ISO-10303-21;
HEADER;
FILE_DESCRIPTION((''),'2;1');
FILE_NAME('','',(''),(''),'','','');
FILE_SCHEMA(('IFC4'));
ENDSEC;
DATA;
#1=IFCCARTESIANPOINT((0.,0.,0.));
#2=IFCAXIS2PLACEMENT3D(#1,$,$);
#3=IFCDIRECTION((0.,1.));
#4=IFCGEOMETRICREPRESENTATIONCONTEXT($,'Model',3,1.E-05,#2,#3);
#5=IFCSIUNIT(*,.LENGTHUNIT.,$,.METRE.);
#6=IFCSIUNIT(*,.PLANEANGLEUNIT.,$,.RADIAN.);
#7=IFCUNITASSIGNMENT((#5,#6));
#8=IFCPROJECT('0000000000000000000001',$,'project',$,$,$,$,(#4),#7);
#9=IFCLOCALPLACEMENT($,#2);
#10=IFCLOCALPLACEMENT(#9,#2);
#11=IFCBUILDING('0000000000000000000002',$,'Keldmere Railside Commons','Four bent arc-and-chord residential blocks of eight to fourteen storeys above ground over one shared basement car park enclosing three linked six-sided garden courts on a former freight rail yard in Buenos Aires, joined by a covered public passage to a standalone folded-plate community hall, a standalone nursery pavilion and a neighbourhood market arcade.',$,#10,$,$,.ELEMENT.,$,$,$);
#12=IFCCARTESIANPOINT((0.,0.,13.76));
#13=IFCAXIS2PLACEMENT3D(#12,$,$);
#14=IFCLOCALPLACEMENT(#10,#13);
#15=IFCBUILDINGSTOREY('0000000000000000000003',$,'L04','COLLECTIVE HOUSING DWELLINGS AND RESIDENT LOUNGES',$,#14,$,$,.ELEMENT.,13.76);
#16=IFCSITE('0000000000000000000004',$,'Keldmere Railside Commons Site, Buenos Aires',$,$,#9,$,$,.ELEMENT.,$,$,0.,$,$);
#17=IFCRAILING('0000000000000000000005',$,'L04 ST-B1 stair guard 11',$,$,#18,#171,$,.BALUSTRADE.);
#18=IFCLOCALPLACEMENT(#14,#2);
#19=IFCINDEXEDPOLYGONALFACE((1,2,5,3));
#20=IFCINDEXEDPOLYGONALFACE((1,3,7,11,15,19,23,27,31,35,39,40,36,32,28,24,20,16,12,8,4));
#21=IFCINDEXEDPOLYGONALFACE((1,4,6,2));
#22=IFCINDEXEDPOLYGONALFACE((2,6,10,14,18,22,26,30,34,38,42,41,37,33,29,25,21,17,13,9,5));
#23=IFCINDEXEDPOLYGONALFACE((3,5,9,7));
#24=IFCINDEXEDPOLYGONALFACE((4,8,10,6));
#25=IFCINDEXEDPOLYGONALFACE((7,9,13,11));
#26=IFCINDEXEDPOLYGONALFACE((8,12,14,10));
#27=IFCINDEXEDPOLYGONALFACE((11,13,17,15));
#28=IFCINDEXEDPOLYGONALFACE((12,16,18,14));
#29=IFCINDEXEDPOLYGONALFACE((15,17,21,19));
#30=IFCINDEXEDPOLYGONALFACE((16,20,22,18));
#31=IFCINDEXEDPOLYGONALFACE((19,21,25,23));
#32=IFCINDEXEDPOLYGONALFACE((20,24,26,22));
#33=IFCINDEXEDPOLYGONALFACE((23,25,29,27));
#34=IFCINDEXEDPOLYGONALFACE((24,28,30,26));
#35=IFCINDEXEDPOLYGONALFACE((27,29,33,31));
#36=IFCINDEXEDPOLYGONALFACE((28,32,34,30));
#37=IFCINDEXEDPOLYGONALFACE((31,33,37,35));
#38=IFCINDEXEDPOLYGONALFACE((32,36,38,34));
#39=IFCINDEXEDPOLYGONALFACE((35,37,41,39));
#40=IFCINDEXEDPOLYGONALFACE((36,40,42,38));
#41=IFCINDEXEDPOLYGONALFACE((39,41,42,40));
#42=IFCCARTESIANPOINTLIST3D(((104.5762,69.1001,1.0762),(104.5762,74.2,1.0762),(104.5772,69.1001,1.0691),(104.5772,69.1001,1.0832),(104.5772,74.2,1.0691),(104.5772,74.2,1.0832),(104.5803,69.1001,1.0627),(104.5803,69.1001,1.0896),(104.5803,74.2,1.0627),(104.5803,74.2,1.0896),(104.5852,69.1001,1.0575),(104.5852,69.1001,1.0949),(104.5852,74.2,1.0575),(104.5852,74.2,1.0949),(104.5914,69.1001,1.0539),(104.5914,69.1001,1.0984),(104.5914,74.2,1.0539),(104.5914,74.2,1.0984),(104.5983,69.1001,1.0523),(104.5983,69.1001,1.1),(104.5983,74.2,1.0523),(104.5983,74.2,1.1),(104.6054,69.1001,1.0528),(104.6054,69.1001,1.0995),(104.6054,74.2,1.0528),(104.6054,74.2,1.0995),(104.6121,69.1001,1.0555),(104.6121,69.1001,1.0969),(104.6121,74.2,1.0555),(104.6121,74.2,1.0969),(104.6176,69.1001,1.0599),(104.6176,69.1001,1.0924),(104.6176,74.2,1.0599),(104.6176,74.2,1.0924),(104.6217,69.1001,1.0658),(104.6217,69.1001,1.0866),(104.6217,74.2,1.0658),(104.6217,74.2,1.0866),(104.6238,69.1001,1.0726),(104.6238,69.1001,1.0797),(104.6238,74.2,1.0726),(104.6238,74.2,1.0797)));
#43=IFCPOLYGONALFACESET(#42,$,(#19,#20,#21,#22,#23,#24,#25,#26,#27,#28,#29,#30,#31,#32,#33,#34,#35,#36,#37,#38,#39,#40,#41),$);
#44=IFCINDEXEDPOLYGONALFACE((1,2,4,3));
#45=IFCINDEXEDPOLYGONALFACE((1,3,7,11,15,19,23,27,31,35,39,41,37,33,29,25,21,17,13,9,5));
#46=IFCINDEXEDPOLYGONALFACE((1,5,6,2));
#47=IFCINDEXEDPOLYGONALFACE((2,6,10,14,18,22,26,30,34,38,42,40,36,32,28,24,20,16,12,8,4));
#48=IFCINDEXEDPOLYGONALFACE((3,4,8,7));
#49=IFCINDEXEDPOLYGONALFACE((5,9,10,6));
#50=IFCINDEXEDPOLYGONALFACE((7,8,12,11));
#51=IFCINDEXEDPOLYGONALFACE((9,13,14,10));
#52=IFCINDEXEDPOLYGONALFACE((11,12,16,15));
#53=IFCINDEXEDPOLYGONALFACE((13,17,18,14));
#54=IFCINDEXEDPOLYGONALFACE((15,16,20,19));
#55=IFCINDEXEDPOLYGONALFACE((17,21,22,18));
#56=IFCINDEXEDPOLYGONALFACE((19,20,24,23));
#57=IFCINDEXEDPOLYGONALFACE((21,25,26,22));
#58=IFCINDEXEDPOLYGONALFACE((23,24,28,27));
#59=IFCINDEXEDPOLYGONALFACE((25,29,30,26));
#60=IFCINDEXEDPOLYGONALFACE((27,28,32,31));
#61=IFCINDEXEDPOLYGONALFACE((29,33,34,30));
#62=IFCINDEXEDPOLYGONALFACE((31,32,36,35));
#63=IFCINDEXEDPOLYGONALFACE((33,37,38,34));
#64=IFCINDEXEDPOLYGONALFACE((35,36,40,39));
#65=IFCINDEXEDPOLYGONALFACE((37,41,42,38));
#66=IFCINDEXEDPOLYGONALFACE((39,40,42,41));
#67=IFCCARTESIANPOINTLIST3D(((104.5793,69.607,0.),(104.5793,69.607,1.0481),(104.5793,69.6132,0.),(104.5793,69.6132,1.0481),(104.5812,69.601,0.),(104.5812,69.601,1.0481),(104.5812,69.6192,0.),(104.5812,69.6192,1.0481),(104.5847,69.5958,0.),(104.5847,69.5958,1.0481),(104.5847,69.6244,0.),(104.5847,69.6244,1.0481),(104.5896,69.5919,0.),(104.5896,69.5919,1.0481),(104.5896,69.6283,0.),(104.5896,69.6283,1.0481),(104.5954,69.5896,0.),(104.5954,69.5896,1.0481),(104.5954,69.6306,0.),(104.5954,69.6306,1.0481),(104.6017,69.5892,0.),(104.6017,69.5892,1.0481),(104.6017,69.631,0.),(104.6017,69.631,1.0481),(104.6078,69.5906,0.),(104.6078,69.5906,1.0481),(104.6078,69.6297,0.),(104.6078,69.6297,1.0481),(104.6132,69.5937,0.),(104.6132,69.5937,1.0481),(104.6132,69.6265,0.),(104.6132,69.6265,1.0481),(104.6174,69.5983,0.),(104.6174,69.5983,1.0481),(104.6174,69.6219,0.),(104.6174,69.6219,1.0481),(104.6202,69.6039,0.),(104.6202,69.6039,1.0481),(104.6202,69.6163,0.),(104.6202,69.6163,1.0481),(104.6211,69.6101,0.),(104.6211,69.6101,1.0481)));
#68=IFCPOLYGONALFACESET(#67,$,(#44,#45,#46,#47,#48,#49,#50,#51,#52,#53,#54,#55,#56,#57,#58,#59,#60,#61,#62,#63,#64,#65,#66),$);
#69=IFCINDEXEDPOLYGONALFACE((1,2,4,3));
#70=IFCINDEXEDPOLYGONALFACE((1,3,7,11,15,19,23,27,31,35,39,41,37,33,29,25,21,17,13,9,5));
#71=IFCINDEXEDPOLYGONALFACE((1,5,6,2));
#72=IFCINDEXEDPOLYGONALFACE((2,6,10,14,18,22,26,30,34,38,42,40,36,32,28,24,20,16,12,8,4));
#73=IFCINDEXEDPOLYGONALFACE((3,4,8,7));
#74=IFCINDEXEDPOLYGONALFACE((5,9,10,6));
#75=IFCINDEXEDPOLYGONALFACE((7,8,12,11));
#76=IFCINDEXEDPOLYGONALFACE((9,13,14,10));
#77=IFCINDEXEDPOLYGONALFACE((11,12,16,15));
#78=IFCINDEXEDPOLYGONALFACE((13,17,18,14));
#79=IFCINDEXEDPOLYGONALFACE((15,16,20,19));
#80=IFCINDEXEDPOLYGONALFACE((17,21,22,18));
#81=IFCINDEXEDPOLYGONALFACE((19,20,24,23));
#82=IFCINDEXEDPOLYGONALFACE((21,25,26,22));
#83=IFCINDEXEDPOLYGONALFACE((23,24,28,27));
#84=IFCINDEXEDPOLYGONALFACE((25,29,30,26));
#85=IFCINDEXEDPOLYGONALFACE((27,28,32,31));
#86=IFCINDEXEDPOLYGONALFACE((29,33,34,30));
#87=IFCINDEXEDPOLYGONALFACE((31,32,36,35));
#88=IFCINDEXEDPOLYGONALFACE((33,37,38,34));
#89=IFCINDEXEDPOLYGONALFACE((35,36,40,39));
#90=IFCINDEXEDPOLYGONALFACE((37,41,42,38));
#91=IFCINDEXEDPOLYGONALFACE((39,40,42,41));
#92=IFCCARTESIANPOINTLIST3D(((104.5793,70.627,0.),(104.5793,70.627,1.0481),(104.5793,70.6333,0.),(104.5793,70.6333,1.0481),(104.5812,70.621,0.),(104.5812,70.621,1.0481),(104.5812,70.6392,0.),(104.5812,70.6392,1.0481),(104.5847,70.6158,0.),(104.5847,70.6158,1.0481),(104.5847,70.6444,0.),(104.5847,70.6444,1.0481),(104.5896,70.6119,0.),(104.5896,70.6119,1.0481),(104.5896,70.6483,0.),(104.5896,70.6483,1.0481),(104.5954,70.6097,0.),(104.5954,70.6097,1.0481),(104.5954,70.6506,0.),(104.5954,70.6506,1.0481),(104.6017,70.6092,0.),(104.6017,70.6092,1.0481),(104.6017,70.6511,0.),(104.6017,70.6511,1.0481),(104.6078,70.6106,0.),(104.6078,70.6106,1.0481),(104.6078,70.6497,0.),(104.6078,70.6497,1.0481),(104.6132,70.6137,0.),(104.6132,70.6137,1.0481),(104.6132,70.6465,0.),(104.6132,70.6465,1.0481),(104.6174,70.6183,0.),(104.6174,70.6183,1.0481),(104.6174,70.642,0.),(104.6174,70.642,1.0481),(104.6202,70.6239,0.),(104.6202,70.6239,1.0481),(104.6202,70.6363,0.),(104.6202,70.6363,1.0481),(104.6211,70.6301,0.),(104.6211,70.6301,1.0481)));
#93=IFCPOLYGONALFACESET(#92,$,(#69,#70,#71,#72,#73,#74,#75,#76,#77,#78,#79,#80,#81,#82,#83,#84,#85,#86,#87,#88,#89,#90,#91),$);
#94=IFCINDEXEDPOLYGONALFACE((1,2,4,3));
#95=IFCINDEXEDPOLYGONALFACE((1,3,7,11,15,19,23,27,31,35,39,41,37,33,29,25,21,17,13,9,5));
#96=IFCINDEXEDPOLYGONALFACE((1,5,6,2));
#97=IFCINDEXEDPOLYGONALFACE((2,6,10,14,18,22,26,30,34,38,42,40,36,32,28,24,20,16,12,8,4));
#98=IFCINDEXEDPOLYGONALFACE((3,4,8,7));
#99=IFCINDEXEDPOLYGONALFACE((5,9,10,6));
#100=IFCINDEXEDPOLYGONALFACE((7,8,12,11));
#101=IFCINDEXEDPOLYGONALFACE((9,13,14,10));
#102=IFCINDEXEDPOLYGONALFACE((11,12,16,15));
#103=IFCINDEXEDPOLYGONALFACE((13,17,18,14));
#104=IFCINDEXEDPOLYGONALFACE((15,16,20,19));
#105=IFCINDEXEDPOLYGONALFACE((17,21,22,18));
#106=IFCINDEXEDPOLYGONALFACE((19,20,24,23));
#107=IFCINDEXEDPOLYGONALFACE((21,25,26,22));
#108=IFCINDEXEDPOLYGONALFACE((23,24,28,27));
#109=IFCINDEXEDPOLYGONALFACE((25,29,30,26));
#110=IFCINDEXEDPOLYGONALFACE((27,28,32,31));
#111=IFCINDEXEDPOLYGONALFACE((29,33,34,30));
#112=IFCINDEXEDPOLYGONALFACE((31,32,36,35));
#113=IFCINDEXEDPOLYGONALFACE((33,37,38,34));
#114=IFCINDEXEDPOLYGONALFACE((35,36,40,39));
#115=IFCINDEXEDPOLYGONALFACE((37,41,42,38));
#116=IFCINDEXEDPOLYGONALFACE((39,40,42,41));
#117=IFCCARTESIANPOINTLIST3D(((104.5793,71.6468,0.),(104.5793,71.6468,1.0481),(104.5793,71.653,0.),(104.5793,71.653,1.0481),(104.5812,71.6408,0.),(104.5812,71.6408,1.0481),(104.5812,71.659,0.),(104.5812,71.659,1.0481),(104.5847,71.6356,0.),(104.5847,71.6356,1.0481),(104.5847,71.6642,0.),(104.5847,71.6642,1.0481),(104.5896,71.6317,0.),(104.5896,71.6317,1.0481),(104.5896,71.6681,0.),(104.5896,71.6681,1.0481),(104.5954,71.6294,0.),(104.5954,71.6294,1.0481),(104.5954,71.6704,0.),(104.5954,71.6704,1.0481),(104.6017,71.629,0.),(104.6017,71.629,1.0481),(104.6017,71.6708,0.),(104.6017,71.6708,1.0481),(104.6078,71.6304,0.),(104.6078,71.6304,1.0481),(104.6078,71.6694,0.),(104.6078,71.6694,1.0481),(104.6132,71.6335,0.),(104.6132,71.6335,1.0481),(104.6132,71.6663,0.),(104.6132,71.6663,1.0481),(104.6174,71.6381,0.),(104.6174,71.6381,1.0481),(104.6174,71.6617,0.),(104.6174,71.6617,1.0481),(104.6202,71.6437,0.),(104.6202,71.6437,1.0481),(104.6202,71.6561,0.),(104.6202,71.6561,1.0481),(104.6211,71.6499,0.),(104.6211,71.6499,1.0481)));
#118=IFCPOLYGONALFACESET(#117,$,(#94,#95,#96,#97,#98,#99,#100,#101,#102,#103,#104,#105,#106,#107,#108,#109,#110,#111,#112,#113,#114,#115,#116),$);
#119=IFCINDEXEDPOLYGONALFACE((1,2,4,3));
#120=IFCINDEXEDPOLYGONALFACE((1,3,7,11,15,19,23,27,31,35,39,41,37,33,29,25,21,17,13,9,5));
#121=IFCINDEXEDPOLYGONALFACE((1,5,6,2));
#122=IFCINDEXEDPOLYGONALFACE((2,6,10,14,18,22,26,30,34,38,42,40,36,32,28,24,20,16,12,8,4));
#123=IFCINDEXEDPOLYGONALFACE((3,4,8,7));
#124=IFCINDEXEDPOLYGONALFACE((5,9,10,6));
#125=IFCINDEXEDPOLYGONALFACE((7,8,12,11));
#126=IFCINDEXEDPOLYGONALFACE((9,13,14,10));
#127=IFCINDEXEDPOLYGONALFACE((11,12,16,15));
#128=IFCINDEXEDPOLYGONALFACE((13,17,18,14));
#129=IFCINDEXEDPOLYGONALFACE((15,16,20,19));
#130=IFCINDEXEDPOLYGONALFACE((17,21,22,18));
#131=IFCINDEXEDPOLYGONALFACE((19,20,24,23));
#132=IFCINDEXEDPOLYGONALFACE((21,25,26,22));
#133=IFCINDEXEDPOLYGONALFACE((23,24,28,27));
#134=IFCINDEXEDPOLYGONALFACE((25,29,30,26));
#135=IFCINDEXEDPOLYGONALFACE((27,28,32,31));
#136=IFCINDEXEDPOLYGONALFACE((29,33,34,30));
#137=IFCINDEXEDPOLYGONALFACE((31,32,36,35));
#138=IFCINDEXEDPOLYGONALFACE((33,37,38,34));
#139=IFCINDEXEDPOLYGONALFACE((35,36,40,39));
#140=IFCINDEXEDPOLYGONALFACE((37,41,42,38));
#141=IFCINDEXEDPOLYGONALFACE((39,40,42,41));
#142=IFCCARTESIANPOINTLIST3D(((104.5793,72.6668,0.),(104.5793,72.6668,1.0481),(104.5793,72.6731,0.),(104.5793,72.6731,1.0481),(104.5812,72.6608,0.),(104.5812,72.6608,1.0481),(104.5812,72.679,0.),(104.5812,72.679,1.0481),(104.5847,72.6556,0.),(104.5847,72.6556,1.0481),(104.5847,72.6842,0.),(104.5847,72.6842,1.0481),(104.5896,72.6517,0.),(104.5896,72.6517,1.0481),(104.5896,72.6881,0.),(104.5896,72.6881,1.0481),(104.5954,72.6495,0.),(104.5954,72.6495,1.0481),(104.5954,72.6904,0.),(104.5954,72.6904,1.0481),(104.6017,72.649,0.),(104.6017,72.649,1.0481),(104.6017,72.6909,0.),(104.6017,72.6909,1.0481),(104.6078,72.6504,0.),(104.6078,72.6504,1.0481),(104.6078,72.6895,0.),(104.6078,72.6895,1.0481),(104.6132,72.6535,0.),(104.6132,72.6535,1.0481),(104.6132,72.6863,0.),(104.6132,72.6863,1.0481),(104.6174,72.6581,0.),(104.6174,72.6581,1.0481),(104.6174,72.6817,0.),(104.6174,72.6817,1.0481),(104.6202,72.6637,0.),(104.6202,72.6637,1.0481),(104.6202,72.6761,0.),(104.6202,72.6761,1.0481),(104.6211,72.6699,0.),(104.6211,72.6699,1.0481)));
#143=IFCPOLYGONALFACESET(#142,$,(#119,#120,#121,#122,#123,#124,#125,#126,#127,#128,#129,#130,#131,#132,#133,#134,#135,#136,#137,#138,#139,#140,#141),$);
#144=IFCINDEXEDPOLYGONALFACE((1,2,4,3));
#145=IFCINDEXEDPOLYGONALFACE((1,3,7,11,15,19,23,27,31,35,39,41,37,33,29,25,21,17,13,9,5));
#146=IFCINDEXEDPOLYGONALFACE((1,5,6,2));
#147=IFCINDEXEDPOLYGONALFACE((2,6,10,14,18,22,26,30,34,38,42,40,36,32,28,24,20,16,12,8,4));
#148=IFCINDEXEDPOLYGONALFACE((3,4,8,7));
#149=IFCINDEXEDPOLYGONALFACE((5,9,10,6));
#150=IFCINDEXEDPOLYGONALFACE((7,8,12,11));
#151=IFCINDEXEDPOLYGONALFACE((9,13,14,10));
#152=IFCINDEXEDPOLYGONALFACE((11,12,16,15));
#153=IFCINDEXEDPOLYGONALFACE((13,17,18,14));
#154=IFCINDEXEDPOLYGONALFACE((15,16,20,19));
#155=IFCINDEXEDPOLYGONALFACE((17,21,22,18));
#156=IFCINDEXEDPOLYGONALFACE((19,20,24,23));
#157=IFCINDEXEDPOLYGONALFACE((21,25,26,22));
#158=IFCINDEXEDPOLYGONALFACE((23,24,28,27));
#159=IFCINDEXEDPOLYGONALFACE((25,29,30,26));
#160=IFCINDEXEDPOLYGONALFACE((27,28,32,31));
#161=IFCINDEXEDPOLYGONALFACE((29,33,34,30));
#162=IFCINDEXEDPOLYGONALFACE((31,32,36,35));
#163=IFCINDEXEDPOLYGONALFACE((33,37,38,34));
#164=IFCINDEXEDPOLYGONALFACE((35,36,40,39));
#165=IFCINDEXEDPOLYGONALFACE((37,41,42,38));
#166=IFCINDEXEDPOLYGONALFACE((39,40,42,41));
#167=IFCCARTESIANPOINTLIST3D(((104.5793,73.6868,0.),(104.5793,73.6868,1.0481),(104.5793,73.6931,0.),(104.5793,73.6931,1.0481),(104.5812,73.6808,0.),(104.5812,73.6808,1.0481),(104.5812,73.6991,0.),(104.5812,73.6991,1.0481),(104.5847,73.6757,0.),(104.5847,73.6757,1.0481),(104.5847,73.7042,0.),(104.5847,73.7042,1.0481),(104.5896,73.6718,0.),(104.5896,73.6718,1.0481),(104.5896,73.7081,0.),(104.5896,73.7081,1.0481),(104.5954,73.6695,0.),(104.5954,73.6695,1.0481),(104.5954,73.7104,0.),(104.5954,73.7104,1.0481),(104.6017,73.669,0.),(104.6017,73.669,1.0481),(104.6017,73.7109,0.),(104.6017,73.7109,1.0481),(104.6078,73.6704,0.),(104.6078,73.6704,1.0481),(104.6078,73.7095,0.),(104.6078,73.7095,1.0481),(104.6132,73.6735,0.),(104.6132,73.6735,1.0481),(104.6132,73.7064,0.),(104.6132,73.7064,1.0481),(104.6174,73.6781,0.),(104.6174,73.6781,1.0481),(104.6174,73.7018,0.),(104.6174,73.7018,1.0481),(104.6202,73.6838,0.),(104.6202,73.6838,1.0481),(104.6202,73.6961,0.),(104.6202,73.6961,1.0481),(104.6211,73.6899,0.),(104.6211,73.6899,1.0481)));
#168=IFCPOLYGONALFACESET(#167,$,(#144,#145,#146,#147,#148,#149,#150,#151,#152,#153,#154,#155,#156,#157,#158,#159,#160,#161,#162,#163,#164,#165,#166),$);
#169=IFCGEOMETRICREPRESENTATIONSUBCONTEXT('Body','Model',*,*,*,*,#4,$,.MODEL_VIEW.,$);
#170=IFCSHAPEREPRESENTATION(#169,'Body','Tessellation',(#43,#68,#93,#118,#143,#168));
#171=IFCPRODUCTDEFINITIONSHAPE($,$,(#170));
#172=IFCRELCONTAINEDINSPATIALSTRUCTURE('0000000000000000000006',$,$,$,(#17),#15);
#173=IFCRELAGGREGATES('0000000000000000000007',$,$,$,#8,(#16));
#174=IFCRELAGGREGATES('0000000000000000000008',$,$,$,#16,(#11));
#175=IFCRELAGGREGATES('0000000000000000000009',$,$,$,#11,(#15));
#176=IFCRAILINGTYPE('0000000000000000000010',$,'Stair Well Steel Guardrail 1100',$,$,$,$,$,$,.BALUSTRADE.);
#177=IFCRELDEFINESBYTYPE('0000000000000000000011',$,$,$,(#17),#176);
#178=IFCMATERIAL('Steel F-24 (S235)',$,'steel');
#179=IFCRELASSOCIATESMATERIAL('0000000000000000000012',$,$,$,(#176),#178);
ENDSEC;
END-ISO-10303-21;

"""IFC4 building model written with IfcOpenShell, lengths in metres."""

from ifc_helpers import new_model, si_unit, direction, frame, origin, origin_2d, place, context, subcontext, project, spatial, circle, extrude, material, type_object, element, save


model = new_model("IFC4")

# Units and contexts
model_context = context("Model", 3, precision=1e-05, world=origin(), true_north=direction((0.0, 1.0)))
body_context = subcontext(model_context, "Body", "Model", "MODEL_VIEW")
ifc_project = project(units=[si_unit("LENGTHUNIT", "METRE"), si_unit("PLANEANGLEUNIT", "RADIAN")], contexts=[model_context])

# Site, building, storey
site_placement = place(None, origin())
site = spatial("IfcSite", under=ifc_project, at=site_placement, Name="Keldmere Railside Commons Site, Buenos Aires", CompositionType="ELEMENT", RefElevation=0.0)
building_placement = place(site_placement, origin())
building = spatial("IfcBuilding", under=site, at=building_placement, Name="Keldmere Railside Commons", Description="Four bent arc-and-chord residential blocks of eight to fourteen storeys above ground over one shared basement car park enclosing three linked six-sided garden courts on a former freight rail yard in Buenos Aires, joined by a covered public passage to a standalone folded-plate community hall, a standalone nursery pavilion and a neighbourhood market arcade.", CompositionType="ELEMENT")
storey_placement = place(building_placement, frame((0.0, 0.0, 13.76)))
storey = spatial("IfcBuildingStorey", under=building, at=storey_placement, Name="L04", Description="COLLECTIVE HOUSING DWELLINGS AND RESIDENT LOUNGES", CompositionType="ELEMENT", Elevation=13.76)

# Shared definitions
ifc_material_1 = material(Name="Steel F-24 (S235)", Category="steel")

# Railing
railing_type_1 = type_object("IfcRailingType", Name="Stair Well Steel Guardrail 1100", PredefinedType="BALUSTRADE", material=ifc_material_1)
railing_1_placement = place(storey_placement, frame((104.6001, 69.1001, 0.0)))
element("IfcRailing", 1, at=railing_1_placement, inside=storey, type_object=railing_type_1, Name="L04 ST-B1 stair guard 11", PredefinedType="BALUSTRADE", context=body_context, shape_type="SweptSolid", body=[
    extrude(circle(Radius=0.0239, at=origin_2d()), frame((0.0, 0.0, 1.0762), z_axis=(0.0, 1.0, 0.0), x_axis=(-1.0, 0.0, 0.0)), (0.0, 0.0, 1.0), 5.0999),
    extrude(circle(Radius=0.021, at=origin_2d()), frame((0.0, 0.51, 0.0)), (0.0, 0.0, 1.0), 1.0481),
    extrude(circle(Radius=0.021, at=origin_2d()), frame((0.0, 1.53, 0.0)), (0.0, 0.0, 1.0), 1.0481),
    extrude(circle(Radius=0.021, at=origin_2d()), frame((0.0, 2.5498, 0.0)), (0.0, 0.0, 1.0), 1.0481),
    extrude(circle(Radius=0.021, at=origin_2d()), frame((0.0, 3.5698, 0.0)), (0.0, 0.0, 1.0), 1.0481),
    extrude(circle(Radius=0.021, at=origin_2d()), frame((0.0, 4.5898, 0.0)), (0.0, 0.0, 1.0), 1.0481),
])

save(model, "model.ifc")
